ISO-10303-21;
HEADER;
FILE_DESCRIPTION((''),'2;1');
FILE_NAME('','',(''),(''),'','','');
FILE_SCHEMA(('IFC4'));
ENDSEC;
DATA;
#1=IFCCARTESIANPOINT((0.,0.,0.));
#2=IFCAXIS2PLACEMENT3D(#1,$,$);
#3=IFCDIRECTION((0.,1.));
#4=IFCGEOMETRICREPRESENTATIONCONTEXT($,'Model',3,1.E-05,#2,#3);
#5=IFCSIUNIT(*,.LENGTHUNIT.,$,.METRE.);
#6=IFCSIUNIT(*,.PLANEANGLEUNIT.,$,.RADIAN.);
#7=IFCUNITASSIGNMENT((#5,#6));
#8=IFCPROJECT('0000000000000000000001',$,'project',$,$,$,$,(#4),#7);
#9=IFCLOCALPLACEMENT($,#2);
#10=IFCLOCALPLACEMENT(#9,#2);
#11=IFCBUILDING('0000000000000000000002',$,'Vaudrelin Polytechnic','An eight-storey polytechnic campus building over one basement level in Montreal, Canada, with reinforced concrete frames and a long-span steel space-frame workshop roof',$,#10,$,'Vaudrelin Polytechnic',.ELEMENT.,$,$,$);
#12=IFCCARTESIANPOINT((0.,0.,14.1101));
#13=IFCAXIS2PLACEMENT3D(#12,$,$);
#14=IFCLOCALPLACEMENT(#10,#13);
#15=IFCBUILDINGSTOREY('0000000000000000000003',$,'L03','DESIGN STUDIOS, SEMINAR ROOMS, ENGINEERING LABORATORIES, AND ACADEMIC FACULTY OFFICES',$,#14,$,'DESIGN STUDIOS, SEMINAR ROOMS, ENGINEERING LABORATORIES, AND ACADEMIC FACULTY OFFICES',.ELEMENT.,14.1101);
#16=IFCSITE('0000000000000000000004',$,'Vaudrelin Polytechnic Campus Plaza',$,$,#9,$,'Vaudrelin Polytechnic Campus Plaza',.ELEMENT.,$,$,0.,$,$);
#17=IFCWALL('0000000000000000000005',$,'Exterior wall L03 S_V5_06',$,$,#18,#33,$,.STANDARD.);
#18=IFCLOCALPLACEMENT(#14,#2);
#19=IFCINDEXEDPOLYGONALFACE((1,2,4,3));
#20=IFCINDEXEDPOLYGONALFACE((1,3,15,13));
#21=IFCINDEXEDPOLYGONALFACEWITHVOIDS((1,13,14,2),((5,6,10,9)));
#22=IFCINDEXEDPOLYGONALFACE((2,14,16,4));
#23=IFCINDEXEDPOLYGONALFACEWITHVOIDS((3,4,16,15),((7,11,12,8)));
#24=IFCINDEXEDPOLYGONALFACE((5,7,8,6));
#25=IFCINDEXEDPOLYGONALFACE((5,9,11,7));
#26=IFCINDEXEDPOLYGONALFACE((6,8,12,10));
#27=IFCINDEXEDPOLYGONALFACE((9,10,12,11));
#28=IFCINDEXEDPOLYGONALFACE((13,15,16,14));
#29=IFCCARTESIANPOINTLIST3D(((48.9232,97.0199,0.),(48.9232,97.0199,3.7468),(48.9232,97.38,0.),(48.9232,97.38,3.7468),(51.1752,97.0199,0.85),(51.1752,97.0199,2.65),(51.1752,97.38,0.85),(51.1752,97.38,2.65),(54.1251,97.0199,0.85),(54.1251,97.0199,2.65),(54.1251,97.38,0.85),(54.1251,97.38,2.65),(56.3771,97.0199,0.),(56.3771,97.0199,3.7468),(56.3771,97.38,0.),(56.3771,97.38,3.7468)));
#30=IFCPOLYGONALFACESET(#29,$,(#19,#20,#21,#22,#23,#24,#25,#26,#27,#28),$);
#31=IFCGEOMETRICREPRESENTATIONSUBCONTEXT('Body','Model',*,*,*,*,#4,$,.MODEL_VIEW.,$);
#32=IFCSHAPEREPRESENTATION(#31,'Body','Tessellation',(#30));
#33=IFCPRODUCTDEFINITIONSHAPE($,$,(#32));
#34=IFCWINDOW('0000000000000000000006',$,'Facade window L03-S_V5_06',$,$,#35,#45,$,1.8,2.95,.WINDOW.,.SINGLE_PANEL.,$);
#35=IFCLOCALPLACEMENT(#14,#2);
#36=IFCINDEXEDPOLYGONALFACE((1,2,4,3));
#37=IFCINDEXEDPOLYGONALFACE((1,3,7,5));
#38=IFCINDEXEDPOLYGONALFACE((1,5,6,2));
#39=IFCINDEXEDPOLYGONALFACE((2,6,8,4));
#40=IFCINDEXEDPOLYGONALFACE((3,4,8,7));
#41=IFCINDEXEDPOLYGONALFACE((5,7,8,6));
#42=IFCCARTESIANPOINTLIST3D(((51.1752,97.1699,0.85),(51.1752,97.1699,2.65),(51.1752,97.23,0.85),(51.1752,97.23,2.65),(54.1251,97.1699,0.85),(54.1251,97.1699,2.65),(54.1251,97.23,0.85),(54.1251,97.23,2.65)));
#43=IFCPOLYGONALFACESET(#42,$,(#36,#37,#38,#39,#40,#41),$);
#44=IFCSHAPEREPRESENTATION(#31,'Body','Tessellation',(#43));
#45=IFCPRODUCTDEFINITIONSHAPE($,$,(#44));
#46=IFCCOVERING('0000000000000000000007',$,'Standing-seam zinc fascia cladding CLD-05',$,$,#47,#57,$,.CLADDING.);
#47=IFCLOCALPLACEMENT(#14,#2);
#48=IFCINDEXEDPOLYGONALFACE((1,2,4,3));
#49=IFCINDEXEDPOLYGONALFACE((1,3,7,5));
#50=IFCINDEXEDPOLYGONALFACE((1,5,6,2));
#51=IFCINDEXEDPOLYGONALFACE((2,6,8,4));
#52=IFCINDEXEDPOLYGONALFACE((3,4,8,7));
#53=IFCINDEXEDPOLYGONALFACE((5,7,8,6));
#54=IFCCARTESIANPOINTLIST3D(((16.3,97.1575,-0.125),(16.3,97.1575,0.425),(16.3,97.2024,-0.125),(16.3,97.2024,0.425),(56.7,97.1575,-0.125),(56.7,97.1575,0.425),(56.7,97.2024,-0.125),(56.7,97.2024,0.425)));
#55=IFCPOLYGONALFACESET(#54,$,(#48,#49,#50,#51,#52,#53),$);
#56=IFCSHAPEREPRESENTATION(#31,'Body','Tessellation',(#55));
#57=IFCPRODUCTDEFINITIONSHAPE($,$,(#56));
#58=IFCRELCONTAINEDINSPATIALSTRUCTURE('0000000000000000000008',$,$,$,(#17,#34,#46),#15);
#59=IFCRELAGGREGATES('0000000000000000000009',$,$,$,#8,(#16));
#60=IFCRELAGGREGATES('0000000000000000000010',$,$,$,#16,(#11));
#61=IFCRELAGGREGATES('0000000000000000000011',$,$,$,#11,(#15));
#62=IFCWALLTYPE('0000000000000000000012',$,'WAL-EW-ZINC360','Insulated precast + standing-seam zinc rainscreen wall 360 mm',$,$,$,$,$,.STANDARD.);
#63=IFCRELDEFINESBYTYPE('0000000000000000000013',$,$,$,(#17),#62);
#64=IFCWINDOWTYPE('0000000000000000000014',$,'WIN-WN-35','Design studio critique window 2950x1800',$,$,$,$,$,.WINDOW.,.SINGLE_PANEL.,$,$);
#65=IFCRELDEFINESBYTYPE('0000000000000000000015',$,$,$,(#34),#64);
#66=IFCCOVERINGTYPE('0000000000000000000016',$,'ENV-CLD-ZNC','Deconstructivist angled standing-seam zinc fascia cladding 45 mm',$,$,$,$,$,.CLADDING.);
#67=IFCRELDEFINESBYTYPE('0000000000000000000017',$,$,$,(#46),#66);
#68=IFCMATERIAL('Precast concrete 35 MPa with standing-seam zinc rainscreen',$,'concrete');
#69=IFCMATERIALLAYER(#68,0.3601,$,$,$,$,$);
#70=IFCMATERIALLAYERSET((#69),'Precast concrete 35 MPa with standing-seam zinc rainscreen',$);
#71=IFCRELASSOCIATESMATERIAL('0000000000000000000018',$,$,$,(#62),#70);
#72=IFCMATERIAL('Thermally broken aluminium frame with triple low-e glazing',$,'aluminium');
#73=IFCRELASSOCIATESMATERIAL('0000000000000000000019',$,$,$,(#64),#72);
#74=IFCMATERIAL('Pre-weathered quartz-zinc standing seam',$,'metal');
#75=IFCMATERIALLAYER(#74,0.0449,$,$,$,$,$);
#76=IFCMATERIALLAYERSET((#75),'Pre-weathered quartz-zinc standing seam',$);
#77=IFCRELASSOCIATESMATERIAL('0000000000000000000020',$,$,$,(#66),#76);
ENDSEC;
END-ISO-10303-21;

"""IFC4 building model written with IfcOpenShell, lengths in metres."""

from ifc_helpers import new_model, si_unit, direction, frame, frame_2d, origin, origin_2d, place, context, subcontext, project, spatial, rectangle, extrude, material, layer, layer_set, type_object, element, fill, save


model = new_model("IFC4")

# Units and contexts
model_context = context("Model", 3, precision=1e-05, world=origin(), true_north=direction((0.0, 1.0)))
body_context = subcontext(model_context, "Body", "Model", "MODEL_VIEW")
ifc_project = project(units=[si_unit("LENGTHUNIT", "METRE"), si_unit("PLANEANGLEUNIT", "RADIAN")], contexts=[model_context])

# Site, building, storey
site_placement = place(None, origin())
site = spatial("IfcSite", under=ifc_project, at=site_placement, Name="Vaudrelin Polytechnic Campus Plaza", LongName="Vaudrelin Polytechnic Campus Plaza", CompositionType="ELEMENT", RefElevation=0.0)
building_placement = place(site_placement, origin())
building = spatial("IfcBuilding", under=site, at=building_placement, Name="Vaudrelin Polytechnic", Description="An eight-storey polytechnic campus building over one basement level in Montreal, Canada, with reinforced concrete frames and a long-span steel space-frame workshop roof", LongName="Vaudrelin Polytechnic", CompositionType="ELEMENT")
storey_placement = place(building_placement, frame((0.0, 0.0, 14.1101)))
storey = spatial("IfcBuildingStorey", under=building, at=storey_placement, Name="L03", Description="DESIGN STUDIOS, SEMINAR ROOMS, ENGINEERING LABORATORIES, AND ACADEMIC FACULTY OFFICES", LongName="DESIGN STUDIOS, SEMINAR ROOMS, ENGINEERING LABORATORIES, AND ACADEMIC FACULTY OFFICES", CompositionType="ELEMENT", Elevation=14.1101)

# Shared definitions
ifc_material_1 = material(Name="Precast concrete 35 MPa with standing-seam zinc rainscreen", Category="concrete")

# Wall, opening, window
ifc_layer_1 = layer(ifc_material_1, 0.3601)
ifc_layer_set_1 = layer_set([ifc_layer_1], Name="Precast concrete 35 MPa with standing-seam zinc rainscreen")
wall_type_1 = type_object("IfcWallType", Name="WAL-EW-ZINC360", Description="Insulated precast + standing-seam zinc rainscreen wall 360 mm", PredefinedType="STANDARD", material=ifc_layer_set_1)
ifc_material_2 = material(Name="Thermally broken aluminium frame with triple low-e glazing", Category="aluminium")
wall_1_placement = place(storey_placement, frame((48.9231, 97.2, 0.0), z_axis=(0.0, 0.0, 1.0), x_axis=(1.0, 0.0, 0.0)))
wall_1 = element("IfcWall", 1, at=wall_1_placement, inside=storey, type_object=wall_type_1, Name="Exterior wall L03 S_V5_06", PredefinedType="STANDARD", context=body_context, shape_type="SweptSolid", body=[
    extrude(rectangle(XDim=7.4539, YDim=0.3601, at=frame_2d((3.7271, 0.0))), origin(), (0.0, 0.0, 1.0), 3.7468),
])
opening_1_placement = place(wall_1_placement, frame((2.252, 0.0, 0.8501)))
opening_1 = element("IfcOpeningElement", 2, at=opening_1_placement, cuts=wall_1, PredefinedType="OPENING", context=body_context, shape_type="SweptSolid", body=[
    extrude(rectangle(XDim=2.95, YDim=1.8, at=frame_2d((1.4751, 0.8999))), frame((0.0, 0.1899, 0.0), z_axis=(0.0, -1.0, 0.0), x_axis=(1.0, 0.0, 0.0)), (0.0, 0.0, 1.0), 0.3801),
])
window_type_1 = type_object("IfcWindowType", Name="WIN-WN-35", Description="Design studio critique window 2950x1800", PartitioningType="SINGLE_PANEL", PredefinedType="WINDOW", material=ifc_material_2)
window_1_placement = place(opening_1_placement, origin())
window_1 = element("IfcWindow", 3, at=window_1_placement, inside=storey, type_object=window_type_1, Name="Facade window L03-S_V5_06", OverallHeight=1.8, OverallWidth=2.95, PartitioningType="SINGLE_PANEL", PredefinedType="WINDOW", context=body_context, shape_type="SweptSolid", body=[
    extrude(rectangle(XDim=2.95, YDim=1.8, at=frame_2d((1.4751, 0.8999))), frame((0.0, 0.03, 0.0), z_axis=(0.0, -1.0, 0.0), x_axis=(1.0, 0.0, 0.0)), (0.0, 0.0, 1.0), 0.0601),
])
fill(opening_1, window_1)

# Covering
ifc_material_3 = material(Name="Pre-weathered quartz-zinc standing seam", Category="metal")
ifc_layer_2 = layer(ifc_material_3, 0.0449)
ifc_layer_set_2 = layer_set([ifc_layer_2], Name="Pre-weathered quartz-zinc standing seam")
covering_type = type_object("IfcCoveringType", Name="ENV-CLD-ZNC", Description="Deconstructivist angled standing-seam zinc fascia cladding 45 mm", PredefinedType="CLADDING", material=ifc_layer_set_2)
covering_placement = place(storey_placement, frame((36.5, 97.1799, -0.125), z_axis=(0.0, 0.0, 1.0), x_axis=(1.0, 0.0, 0.0)))
element("IfcCovering", 4, at=covering_placement, inside=storey, type_object=covering_type, Name="Standing-seam zinc fascia cladding CLD-05", PredefinedType="CLADDING", context=body_context, shape_type="SweptSolid", body=[
    extrude(rectangle(XDim=40.3999, YDim=0.0449, at=origin_2d()), origin(), (0.0, 0.0, 1.0), 0.55),
])

save(model, "model.ifc")
